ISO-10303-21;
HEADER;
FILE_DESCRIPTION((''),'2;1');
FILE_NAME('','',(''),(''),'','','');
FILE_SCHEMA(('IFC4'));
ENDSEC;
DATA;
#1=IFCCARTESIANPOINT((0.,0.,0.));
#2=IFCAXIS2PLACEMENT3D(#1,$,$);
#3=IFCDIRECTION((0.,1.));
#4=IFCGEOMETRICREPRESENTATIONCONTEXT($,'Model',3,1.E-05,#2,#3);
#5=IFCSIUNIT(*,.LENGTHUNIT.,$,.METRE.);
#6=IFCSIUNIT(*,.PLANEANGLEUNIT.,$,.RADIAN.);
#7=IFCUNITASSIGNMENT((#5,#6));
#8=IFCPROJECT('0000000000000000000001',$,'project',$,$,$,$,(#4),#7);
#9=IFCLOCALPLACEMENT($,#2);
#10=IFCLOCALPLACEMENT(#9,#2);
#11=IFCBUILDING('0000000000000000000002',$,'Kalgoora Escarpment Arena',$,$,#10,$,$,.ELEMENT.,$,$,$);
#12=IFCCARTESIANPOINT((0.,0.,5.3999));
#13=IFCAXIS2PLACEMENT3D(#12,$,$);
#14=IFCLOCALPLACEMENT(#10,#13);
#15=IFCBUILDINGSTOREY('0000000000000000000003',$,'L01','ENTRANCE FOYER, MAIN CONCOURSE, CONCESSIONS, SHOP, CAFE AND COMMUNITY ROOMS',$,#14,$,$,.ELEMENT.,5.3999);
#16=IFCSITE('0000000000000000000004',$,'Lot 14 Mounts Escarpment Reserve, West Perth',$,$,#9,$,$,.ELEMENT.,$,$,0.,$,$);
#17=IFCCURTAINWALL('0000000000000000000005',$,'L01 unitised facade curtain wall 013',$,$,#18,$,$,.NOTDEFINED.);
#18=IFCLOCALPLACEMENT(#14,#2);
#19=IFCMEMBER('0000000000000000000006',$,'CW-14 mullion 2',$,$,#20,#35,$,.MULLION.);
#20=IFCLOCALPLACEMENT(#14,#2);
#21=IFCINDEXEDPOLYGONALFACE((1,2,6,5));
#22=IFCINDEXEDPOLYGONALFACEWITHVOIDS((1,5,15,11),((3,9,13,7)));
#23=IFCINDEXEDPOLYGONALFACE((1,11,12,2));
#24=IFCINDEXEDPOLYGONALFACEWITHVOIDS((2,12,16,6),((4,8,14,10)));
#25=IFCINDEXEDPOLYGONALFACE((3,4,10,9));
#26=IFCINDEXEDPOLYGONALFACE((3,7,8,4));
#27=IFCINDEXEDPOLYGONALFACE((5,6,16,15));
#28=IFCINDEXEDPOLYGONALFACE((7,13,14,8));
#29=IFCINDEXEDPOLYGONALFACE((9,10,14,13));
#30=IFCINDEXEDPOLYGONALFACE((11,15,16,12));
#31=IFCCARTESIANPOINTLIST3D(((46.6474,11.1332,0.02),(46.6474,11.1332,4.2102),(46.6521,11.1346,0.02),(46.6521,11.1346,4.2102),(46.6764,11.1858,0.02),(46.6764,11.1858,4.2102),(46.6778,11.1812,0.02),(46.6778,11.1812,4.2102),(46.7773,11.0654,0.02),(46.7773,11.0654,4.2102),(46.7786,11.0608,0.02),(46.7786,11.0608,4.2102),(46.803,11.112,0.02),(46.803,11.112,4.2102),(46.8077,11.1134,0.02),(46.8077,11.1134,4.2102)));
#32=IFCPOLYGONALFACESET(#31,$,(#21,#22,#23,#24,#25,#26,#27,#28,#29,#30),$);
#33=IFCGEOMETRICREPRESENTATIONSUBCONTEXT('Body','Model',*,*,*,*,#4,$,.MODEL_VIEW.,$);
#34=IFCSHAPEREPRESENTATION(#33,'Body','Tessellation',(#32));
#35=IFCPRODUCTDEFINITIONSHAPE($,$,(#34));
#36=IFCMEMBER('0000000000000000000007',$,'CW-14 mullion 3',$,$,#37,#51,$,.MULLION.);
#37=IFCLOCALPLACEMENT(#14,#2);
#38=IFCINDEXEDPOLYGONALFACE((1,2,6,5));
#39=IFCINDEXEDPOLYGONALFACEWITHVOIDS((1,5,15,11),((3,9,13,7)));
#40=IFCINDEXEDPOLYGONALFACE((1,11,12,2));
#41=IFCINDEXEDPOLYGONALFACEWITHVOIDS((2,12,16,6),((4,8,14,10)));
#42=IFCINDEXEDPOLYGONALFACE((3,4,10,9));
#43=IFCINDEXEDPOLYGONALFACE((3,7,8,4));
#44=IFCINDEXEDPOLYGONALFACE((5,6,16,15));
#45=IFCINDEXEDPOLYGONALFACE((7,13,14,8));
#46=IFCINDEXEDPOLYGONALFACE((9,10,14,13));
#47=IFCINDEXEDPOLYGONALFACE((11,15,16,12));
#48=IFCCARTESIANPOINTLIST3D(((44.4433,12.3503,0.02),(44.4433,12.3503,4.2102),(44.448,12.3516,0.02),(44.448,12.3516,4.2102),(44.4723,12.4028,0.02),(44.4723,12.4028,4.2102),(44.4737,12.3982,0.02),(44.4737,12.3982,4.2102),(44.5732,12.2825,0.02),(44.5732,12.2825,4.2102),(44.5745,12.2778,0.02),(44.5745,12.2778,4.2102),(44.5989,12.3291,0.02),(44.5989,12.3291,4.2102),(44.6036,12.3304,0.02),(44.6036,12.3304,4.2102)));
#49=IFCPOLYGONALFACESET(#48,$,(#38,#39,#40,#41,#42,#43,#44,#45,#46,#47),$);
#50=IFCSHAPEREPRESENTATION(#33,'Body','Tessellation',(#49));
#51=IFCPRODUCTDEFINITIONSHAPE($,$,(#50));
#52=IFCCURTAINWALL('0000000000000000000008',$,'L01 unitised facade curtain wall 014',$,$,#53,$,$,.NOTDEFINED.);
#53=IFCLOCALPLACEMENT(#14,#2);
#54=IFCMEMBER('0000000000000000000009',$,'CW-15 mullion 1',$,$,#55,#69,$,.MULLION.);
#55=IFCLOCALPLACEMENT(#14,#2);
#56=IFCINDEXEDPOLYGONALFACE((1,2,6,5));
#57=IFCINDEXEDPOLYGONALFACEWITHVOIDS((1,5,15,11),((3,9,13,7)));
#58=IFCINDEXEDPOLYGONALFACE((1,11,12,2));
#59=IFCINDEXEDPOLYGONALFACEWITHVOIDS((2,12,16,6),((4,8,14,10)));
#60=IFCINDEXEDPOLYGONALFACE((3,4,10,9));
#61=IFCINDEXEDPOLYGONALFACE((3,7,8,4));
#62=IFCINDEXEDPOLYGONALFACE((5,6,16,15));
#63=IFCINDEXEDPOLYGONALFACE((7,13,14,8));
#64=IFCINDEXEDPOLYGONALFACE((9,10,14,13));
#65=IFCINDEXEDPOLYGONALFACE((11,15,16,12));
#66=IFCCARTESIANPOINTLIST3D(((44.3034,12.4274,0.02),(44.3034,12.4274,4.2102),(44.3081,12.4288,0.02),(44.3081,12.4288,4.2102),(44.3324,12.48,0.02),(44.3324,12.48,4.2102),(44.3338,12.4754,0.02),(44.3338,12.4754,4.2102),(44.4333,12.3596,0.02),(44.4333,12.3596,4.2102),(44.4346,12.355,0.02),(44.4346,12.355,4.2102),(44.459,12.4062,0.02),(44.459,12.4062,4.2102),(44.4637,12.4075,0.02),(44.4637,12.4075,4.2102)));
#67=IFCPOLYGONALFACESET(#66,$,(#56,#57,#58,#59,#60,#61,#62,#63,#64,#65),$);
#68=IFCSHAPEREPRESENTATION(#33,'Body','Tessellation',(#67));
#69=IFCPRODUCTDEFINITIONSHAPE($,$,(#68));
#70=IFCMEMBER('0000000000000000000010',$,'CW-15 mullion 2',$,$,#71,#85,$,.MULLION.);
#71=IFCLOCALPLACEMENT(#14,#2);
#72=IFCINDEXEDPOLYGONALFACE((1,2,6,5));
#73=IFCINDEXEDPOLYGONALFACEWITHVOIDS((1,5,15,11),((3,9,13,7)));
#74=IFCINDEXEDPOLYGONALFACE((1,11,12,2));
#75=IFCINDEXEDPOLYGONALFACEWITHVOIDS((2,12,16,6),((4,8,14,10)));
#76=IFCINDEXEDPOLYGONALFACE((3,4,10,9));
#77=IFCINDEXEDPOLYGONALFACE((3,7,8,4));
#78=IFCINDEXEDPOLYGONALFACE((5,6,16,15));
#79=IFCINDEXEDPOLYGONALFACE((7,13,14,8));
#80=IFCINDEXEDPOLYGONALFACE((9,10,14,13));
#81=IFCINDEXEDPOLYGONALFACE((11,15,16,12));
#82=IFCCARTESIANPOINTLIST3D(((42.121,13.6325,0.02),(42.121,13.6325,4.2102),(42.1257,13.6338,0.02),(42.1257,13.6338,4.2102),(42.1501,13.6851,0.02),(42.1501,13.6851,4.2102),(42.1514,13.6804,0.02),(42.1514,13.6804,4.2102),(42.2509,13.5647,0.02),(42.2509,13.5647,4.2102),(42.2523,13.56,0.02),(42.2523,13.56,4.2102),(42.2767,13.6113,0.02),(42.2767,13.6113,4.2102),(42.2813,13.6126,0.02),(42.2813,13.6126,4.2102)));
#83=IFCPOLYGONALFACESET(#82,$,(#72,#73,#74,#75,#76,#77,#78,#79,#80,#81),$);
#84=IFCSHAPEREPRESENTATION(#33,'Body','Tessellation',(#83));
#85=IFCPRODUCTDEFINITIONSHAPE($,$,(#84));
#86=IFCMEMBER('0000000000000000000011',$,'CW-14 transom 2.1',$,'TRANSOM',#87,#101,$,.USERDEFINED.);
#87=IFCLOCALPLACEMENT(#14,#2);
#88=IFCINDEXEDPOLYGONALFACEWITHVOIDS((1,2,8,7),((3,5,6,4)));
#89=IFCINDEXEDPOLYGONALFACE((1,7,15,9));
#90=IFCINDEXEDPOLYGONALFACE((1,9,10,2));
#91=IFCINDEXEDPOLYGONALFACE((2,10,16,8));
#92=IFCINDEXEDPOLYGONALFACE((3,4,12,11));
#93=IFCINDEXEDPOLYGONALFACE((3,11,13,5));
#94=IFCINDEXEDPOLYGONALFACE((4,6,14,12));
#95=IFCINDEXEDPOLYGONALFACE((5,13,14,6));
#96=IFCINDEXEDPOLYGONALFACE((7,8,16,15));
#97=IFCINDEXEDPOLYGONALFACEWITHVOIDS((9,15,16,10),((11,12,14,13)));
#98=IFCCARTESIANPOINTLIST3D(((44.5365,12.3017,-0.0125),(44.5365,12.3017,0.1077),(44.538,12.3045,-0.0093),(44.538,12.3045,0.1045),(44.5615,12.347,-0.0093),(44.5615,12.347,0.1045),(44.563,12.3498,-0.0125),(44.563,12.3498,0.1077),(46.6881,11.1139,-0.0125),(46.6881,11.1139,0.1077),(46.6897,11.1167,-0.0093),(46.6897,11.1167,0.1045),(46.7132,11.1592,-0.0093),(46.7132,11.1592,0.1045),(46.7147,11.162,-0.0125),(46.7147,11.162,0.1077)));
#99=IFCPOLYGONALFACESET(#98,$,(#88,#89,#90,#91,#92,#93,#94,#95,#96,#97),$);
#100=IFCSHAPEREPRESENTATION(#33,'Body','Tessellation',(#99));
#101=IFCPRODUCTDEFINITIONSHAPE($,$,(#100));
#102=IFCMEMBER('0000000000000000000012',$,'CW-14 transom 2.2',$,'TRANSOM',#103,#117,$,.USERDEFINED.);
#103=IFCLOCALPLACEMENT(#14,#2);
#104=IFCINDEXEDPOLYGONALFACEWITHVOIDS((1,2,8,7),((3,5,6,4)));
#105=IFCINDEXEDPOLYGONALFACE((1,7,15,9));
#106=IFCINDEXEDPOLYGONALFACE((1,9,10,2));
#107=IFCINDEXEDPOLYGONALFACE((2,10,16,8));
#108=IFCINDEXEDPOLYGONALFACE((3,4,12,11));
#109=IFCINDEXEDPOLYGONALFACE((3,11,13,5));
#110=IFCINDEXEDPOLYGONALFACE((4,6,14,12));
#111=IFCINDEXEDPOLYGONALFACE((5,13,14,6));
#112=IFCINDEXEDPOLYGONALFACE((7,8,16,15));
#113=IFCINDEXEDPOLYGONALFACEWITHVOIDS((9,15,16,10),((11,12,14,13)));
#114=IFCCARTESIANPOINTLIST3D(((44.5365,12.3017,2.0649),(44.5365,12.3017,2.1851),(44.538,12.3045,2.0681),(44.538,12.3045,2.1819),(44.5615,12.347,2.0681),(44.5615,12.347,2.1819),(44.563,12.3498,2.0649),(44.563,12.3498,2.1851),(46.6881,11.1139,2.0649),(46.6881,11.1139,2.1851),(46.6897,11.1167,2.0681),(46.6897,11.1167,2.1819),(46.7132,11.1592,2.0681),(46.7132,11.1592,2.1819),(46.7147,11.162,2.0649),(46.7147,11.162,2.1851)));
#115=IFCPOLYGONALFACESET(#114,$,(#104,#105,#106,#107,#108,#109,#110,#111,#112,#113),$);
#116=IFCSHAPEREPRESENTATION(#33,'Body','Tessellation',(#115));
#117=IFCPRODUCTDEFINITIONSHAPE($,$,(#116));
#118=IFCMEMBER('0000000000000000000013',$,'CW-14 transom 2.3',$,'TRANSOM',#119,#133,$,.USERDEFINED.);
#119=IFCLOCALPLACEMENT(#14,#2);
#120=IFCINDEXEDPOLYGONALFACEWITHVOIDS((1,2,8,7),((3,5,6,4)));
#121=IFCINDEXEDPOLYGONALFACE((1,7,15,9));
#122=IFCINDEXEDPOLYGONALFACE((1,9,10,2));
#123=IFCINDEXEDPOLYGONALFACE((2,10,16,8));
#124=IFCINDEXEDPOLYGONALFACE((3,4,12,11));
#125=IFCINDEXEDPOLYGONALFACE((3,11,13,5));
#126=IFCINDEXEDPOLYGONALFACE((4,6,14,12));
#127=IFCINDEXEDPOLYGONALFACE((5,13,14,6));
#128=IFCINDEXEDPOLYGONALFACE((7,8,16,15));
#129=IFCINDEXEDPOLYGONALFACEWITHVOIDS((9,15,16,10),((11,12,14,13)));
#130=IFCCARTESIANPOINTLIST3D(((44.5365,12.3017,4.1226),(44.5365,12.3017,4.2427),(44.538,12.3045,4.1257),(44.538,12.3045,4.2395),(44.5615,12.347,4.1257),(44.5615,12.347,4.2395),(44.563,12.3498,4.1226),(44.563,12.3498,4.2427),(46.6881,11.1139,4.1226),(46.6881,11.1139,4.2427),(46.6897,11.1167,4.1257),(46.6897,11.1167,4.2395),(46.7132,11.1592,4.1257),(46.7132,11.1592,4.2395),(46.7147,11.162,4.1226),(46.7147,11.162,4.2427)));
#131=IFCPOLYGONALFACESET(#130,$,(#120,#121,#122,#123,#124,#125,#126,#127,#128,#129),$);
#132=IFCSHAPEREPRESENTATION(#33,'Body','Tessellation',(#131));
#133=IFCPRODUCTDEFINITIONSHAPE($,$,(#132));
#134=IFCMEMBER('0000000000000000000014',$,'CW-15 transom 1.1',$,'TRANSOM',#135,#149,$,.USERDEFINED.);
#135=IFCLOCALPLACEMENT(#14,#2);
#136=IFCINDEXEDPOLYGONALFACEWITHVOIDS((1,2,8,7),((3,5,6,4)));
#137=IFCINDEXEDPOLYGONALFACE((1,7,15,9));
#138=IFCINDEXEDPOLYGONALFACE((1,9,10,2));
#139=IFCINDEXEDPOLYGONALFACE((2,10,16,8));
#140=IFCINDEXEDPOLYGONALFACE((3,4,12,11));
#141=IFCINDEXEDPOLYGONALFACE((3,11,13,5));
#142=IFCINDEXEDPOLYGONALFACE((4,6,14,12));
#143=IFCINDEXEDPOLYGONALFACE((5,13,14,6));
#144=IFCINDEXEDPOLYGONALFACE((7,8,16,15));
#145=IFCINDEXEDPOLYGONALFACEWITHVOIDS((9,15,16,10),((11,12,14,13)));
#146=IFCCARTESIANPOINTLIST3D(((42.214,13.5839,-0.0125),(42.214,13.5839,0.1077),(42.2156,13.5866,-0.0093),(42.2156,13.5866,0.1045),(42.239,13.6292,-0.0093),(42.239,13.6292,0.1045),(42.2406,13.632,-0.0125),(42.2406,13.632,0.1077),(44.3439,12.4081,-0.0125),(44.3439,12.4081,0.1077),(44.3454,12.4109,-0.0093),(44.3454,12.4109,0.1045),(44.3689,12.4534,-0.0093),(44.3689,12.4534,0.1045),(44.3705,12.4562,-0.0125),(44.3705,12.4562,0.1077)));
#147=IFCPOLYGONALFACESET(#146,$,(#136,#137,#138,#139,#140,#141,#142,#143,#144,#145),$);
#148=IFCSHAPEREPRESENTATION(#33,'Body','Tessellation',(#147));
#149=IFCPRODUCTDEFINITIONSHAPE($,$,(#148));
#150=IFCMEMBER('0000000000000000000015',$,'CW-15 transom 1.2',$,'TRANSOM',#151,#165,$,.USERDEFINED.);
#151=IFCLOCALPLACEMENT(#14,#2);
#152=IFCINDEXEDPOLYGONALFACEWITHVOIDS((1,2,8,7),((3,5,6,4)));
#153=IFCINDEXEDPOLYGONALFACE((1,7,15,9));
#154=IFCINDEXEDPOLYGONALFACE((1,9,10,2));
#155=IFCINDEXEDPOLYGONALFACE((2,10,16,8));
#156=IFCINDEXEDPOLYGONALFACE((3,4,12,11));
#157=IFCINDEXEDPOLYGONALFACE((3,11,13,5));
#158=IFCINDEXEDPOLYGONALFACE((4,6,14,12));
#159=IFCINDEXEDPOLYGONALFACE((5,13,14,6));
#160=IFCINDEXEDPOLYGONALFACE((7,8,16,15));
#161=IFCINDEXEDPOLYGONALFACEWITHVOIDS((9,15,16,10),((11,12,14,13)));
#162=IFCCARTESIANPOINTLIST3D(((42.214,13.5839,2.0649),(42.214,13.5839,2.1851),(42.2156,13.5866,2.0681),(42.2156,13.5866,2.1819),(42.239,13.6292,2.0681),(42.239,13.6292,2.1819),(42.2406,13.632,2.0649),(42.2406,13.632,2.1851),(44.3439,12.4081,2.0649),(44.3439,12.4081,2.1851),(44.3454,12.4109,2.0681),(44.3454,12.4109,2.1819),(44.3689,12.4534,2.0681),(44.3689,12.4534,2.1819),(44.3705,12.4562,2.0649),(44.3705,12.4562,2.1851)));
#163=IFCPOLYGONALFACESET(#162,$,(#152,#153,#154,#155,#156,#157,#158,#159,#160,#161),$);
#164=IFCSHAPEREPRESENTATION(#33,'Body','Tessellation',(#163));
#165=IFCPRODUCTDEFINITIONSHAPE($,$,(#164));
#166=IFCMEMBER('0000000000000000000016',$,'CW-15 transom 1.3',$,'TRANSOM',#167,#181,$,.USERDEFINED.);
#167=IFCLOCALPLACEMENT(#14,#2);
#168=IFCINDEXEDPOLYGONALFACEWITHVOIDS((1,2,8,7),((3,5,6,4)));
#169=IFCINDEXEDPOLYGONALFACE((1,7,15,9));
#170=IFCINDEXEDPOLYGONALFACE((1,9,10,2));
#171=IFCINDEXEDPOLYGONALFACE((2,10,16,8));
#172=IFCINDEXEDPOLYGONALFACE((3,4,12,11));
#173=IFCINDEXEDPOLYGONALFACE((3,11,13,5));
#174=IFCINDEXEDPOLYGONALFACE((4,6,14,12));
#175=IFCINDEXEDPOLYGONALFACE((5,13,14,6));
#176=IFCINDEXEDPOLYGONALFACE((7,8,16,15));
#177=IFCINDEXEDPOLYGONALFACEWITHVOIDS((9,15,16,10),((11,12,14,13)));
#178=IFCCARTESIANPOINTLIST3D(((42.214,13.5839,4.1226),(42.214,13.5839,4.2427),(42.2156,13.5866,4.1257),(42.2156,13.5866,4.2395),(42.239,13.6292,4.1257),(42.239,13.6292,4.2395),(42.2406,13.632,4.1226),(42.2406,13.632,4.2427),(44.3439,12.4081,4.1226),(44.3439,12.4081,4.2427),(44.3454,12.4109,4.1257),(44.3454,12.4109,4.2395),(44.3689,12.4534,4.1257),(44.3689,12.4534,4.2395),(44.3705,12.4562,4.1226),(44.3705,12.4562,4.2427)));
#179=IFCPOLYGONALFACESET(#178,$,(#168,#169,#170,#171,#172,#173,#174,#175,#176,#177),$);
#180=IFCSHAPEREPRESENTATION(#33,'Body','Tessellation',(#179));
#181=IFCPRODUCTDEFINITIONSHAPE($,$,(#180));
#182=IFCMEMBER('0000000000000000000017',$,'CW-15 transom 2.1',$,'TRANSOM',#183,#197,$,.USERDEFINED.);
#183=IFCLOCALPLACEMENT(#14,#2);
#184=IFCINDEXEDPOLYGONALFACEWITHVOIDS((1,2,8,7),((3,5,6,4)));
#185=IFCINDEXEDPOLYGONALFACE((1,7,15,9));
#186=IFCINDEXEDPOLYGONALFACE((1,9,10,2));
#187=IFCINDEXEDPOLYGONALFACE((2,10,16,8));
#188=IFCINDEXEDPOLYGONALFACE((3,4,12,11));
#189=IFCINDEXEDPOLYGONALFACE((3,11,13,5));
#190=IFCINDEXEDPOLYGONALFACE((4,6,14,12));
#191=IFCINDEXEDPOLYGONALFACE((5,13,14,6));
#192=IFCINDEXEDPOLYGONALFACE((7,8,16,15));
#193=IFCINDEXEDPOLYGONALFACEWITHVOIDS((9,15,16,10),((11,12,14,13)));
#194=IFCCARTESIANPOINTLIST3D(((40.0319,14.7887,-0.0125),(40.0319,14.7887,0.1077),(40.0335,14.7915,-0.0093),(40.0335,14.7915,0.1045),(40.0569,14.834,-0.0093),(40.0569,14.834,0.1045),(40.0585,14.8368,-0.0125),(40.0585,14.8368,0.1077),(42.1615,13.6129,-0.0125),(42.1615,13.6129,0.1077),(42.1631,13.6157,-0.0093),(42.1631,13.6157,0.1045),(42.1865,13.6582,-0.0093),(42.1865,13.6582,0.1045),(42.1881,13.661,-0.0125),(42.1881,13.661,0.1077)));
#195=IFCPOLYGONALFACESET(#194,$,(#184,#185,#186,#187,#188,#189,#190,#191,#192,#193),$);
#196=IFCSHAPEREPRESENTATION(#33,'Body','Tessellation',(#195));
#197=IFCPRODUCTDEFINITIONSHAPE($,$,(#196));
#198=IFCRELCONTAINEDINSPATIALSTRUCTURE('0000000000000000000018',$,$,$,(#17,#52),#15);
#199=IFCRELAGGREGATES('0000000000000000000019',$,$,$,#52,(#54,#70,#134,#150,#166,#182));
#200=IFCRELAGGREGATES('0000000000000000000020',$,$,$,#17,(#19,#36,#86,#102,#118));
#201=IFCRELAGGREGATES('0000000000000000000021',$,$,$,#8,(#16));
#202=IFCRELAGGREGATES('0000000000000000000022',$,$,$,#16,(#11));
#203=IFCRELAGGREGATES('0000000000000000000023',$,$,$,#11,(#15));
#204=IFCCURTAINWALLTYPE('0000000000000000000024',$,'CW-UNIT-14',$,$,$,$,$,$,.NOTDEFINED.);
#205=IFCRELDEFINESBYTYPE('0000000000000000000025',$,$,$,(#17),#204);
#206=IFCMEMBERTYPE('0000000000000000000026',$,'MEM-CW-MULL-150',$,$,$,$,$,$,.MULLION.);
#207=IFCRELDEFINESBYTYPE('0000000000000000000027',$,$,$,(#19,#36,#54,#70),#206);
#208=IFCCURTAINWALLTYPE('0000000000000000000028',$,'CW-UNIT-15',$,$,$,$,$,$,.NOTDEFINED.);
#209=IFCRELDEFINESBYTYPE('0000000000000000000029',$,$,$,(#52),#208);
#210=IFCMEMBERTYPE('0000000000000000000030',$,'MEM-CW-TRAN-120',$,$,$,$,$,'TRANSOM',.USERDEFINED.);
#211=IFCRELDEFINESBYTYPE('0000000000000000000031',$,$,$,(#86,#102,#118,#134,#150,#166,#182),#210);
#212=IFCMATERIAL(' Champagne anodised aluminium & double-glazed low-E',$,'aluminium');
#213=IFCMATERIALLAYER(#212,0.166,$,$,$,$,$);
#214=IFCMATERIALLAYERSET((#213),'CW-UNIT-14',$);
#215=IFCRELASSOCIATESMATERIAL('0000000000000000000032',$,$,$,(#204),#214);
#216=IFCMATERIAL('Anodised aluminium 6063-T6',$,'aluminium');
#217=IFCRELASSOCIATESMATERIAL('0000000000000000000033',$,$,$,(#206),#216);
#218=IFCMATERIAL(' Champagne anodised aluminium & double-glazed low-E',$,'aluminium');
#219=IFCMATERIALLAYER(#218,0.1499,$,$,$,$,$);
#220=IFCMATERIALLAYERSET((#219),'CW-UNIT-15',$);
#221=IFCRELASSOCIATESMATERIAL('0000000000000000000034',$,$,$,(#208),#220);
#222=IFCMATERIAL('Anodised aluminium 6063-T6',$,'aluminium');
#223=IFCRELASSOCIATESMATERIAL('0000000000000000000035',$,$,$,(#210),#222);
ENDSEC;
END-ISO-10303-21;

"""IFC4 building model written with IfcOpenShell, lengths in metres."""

from ifc_helpers import new_model, si_unit, direction, frame, origin, origin_2d, place, context, subcontext, project, spatial, hollow_rectangle, extrude, material, layer, layer_set, material_profile, profile_set, type_object, element, aggregate, save


model = new_model("IFC4")

# Units and contexts
model_context = context("Model", 3, precision=1e-05, world=origin(), true_north=direction((0.0, 1.0)))
body_context = subcontext(model_context, "Body", "Model", "MODEL_VIEW")
ifc_project = project(units=[si_unit("LENGTHUNIT", "METRE"), si_unit("PLANEANGLEUNIT", "RADIAN")], contexts=[model_context])

# Site, building, storey
site_placement = place(None, origin())
site = spatial("IfcSite", under=ifc_project, at=site_placement, Name="Lot 14 Mounts Escarpment Reserve, West Perth", CompositionType="ELEMENT", RefElevation=0.0)
building_placement = place(site_placement, origin())
building = spatial("IfcBuilding", under=site, at=building_placement, Name="Kalgoora Escarpment Arena", CompositionType="ELEMENT")
storey_placement = place(building_placement, frame((0.0, 0.0, 5.3999)))
storey = spatial("IfcBuildingStorey", under=building, at=storey_placement, Name="L01", Description="ENTRANCE FOYER, MAIN CONCOURSE, CONCESSIONS, SHOP, CAFE AND COMMUNITY ROOMS", CompositionType="ELEMENT", Elevation=5.3999)

# Curtain walls, members
ifc_material_1 = material(Name=" Champagne anodised aluminium & double-glazed low-E", Category="aluminium")
ifc_layer_1 = layer(ifc_material_1, 0.166)
ifc_layer_set_1 = layer_set([ifc_layer_1], Name="CW-UNIT-14")
curtain_wall_type_1 = type_object("IfcCurtainWallType", Name="CW-UNIT-14", PredefinedType="NOTDEFINED", material=ifc_layer_set_1)
curtain_wall_1_placement = place(storey_placement, origin())
curtain_wall_1 = element("IfcCurtainWall", 1, at=curtain_wall_1_placement, inside=storey, type_object=curtain_wall_type_1, Name="L01 unitised facade curtain wall 013", PredefinedType="NOTDEFINED")
ifc_material_2 = material(Name="Anodised aluminium 6063-T6", Category="aluminium")
ifc_material_profile_1 = material_profile(ifc_material_2, hollow_rectangle(XDim=0.0601, YDim=0.1499, WallThickness=0.0034, at=origin_2d()))
ifc_profile_set_1 = profile_set([ifc_material_profile_1], Name="Anodised aluminium 6063-T6")
member_type_1 = type_object("IfcMemberType", Name="MEM-CW-MULL-150", PredefinedType="MULLION", material=ifc_profile_set_1)
member_1_placement = place(storey_placement, frame((46.7275, 11.1233, 0.02), z_axis=(0.0, 0.0, 1.0), x_axis=(-0.483343, -0.875431, 0.0)))
member_1 = element("IfcMember", 2, at=member_1_placement, type_object=member_type_1, Name="CW-14 mullion 2", PredefinedType="MULLION", context=body_context, shape_type="SweptSolid", body=[
    extrude(hollow_rectangle(XDim=0.0601, YDim=0.1499, WallThickness=0.0034, at=origin_2d()), origin(), (0.0, 0.0, 1.0), 4.1902),
])
member_2_placement = place(storey_placement, frame((44.5234, 12.3403, 0.02), z_axis=(0.0, 0.0, 1.0), x_axis=(-0.483343, -0.875431, 0.0)))
member_2 = element("IfcMember", 3, at=member_2_placement, type_object=member_type_1, Name="CW-14 mullion 3", PredefinedType="MULLION", context=body_context, shape_type="SweptSolid", body=[
    extrude(hollow_rectangle(XDim=0.0601, YDim=0.1499, WallThickness=0.0034, at=origin_2d()), origin(), (0.0, 0.0, 1.0), 4.1902),
])
ifc_material_3 = material(Name=" Champagne anodised aluminium & double-glazed low-E", Category="aluminium")
ifc_layer_2 = layer(ifc_material_3, 0.1499)
ifc_layer_set_2 = layer_set([ifc_layer_2], Name="CW-UNIT-15")
curtain_wall_type_2 = type_object("IfcCurtainWallType", Name="CW-UNIT-15", PredefinedType="NOTDEFINED", material=ifc_layer_set_2)
curtain_wall_2_placement = place(storey_placement, origin())
curtain_wall_2 = element("IfcCurtainWall", 4, at=curtain_wall_2_placement, inside=storey, type_object=curtain_wall_type_2, Name="L01 unitised facade curtain wall 014", PredefinedType="NOTDEFINED")
member_3_placement = place(storey_placement, frame((44.3835, 12.4175, 0.02), z_axis=(0.0, 0.0, 1.0), x_axis=(-0.483332, -0.875437, 0.0)))
member_3 = element("IfcMember", 5, at=member_3_placement, type_object=member_type_1, Name="CW-15 mullion 1", PredefinedType="MULLION", context=body_context, shape_type="SweptSolid", body=[
    extrude(hollow_rectangle(XDim=0.0601, YDim=0.1499, WallThickness=0.0034, at=origin_2d()), origin(), (0.0, 0.0, 1.0), 4.1902),
])
member_4_placement = place(storey_placement, frame((42.2012, 13.6226, 0.02), z_axis=(0.0, 0.0, 1.0), x_axis=(-0.483332, -0.875437, 0.0)))
member_4 = element("IfcMember", 6, at=member_4_placement, type_object=member_type_1, Name="CW-15 mullion 2", PredefinedType="MULLION", context=body_context, shape_type="SweptSolid", body=[
    extrude(hollow_rectangle(XDim=0.0601, YDim=0.1499, WallThickness=0.0034, at=origin_2d()), origin(), (0.0, 0.0, 1.0), 4.1902),
])

# Members
ifc_material_4 = material(Name="Anodised aluminium 6063-T6", Category="aluminium")
ifc_material_profile_2 = material_profile(ifc_material_4, hollow_rectangle(XDim=0.0549, YDim=0.1201, WallThickness=0.0032, at=origin_2d()))
ifc_profile_set_2 = profile_set([ifc_material_profile_2], Name="Anodised aluminium 6063-T6")
member_type_2 = type_object("IfcMemberType", Name="MEM-CW-TRAN-120", ElementType="TRANSOM", PredefinedType="USERDEFINED", material=ifc_profile_set_2)
member_5_placement = place(storey_placement, frame((46.7014, 11.1379, 0.0476), z_axis=(-0.875466, 0.48328, 0.0), x_axis=(-0.48328, -0.875466, 0.0)))
member_5 = element("IfcMember", 7, at=member_5_placement, type_object=member_type_2, Name="CW-14 transom 2.1", ObjectType="TRANSOM", PredefinedType="USERDEFINED", context=body_context, shape_type="SweptSolid", body=[
    extrude(hollow_rectangle(XDim=0.0549, YDim=0.1201, WallThickness=0.0032, at=origin_2d()), origin(), (0.0, 0.0, 1.0), 2.4578),
])
member_6_placement = place(storey_placement, frame((46.7014, 11.1379, 2.125), z_axis=(-0.875466, 0.48328, 0.0), x_axis=(-0.48328, -0.875466, 0.0)))
member_6 = element("IfcMember", 8, at=member_6_placement, type_object=member_type_2, Name="CW-14 transom 2.2", ObjectType="TRANSOM", PredefinedType="USERDEFINED", context=body_context, shape_type="SweptSolid", body=[
    extrude(hollow_rectangle(XDim=0.0549, YDim=0.1201, WallThickness=0.0032, at=origin_2d()), origin(), (0.0, 0.0, 1.0), 2.4578),
])
member_7_placement = place(storey_placement, frame((46.7014, 11.1379, 4.1826), z_axis=(-0.875466, 0.48328, 0.0), x_axis=(-0.48328, -0.875466, 0.0)))
member_7 = element("IfcMember", 9, at=member_7_placement, type_object=member_type_2, Name="CW-14 transom 2.3", ObjectType="TRANSOM", PredefinedType="USERDEFINED", context=body_context, shape_type="SweptSolid", body=[
    extrude(hollow_rectangle(XDim=0.0549, YDim=0.1201, WallThickness=0.0032, at=origin_2d()), origin(), (0.0, 0.0, 1.0), 2.4578),
])
member_8_placement = place(storey_placement, frame((44.3572, 12.4321, 0.0476), z_axis=(-0.875461, 0.48329, 0.0), x_axis=(-0.48329, -0.875461, 0.0)))
member_8 = element("IfcMember", 10, at=member_8_placement, type_object=member_type_2, Name="CW-15 transom 1.1", ObjectType="TRANSOM", PredefinedType="USERDEFINED", context=body_context, shape_type="SweptSolid", body=[
    extrude(hollow_rectangle(XDim=0.0549, YDim=0.1201, WallThickness=0.0032, at=origin_2d()), origin(), (0.0, 0.0, 1.0), 2.4329),
])
member_9_placement = place(storey_placement, frame((44.3572, 12.4321, 2.125), z_axis=(-0.875461, 0.48329, 0.0), x_axis=(-0.48329, -0.875461, 0.0)))
member_9 = element("IfcMember", 11, at=member_9_placement, type_object=member_type_2, Name="CW-15 transom 1.2", ObjectType="TRANSOM", PredefinedType="USERDEFINED", context=body_context, shape_type="SweptSolid", body=[
    extrude(hollow_rectangle(XDim=0.0549, YDim=0.1201, WallThickness=0.0032, at=origin_2d()), origin(), (0.0, 0.0, 1.0), 2.4329),
])
member_10_placement = place(storey_placement, frame((44.3572, 12.4321, 4.1826), z_axis=(-0.875461, 0.48329, 0.0), x_axis=(-0.48329, -0.875461, 0.0)))
member_10 = element("IfcMember", 12, at=member_10_placement, type_object=member_type_2, Name="CW-15 transom 1.3", ObjectType="TRANSOM", PredefinedType="USERDEFINED", context=body_context, shape_type="SweptSolid", body=[
    extrude(hollow_rectangle(XDim=0.0549, YDim=0.1201, WallThickness=0.0032, at=origin_2d()), origin(), (0.0, 0.0, 1.0), 2.4329),
])
member_11_placement = place(storey_placement, frame((42.1748, 13.637, 0.0476), z_axis=(-0.875437, 0.483332, 0.0), x_axis=(-0.483332, -0.875437, 0.0)))
member_11 = element("IfcMember", 13, at=member_11_placement, type_object=member_type_2, Name="CW-15 transom 2.1", ObjectType="TRANSOM", PredefinedType="USERDEFINED", context=body_context, shape_type="SweptSolid", body=[
    extrude(hollow_rectangle(XDim=0.0549, YDim=0.1201, WallThickness=0.0032, at=origin_2d()), origin(), (0.0, 0.0, 1.0), 2.4326),
])

aggregate(curtain_wall_2, [member_3, member_4, member_8, member_9, member_10, member_11])
aggregate(curtain_wall_1, [member_1, member_2, member_5, member_6, member_7])

save(model, "model.ifc")
